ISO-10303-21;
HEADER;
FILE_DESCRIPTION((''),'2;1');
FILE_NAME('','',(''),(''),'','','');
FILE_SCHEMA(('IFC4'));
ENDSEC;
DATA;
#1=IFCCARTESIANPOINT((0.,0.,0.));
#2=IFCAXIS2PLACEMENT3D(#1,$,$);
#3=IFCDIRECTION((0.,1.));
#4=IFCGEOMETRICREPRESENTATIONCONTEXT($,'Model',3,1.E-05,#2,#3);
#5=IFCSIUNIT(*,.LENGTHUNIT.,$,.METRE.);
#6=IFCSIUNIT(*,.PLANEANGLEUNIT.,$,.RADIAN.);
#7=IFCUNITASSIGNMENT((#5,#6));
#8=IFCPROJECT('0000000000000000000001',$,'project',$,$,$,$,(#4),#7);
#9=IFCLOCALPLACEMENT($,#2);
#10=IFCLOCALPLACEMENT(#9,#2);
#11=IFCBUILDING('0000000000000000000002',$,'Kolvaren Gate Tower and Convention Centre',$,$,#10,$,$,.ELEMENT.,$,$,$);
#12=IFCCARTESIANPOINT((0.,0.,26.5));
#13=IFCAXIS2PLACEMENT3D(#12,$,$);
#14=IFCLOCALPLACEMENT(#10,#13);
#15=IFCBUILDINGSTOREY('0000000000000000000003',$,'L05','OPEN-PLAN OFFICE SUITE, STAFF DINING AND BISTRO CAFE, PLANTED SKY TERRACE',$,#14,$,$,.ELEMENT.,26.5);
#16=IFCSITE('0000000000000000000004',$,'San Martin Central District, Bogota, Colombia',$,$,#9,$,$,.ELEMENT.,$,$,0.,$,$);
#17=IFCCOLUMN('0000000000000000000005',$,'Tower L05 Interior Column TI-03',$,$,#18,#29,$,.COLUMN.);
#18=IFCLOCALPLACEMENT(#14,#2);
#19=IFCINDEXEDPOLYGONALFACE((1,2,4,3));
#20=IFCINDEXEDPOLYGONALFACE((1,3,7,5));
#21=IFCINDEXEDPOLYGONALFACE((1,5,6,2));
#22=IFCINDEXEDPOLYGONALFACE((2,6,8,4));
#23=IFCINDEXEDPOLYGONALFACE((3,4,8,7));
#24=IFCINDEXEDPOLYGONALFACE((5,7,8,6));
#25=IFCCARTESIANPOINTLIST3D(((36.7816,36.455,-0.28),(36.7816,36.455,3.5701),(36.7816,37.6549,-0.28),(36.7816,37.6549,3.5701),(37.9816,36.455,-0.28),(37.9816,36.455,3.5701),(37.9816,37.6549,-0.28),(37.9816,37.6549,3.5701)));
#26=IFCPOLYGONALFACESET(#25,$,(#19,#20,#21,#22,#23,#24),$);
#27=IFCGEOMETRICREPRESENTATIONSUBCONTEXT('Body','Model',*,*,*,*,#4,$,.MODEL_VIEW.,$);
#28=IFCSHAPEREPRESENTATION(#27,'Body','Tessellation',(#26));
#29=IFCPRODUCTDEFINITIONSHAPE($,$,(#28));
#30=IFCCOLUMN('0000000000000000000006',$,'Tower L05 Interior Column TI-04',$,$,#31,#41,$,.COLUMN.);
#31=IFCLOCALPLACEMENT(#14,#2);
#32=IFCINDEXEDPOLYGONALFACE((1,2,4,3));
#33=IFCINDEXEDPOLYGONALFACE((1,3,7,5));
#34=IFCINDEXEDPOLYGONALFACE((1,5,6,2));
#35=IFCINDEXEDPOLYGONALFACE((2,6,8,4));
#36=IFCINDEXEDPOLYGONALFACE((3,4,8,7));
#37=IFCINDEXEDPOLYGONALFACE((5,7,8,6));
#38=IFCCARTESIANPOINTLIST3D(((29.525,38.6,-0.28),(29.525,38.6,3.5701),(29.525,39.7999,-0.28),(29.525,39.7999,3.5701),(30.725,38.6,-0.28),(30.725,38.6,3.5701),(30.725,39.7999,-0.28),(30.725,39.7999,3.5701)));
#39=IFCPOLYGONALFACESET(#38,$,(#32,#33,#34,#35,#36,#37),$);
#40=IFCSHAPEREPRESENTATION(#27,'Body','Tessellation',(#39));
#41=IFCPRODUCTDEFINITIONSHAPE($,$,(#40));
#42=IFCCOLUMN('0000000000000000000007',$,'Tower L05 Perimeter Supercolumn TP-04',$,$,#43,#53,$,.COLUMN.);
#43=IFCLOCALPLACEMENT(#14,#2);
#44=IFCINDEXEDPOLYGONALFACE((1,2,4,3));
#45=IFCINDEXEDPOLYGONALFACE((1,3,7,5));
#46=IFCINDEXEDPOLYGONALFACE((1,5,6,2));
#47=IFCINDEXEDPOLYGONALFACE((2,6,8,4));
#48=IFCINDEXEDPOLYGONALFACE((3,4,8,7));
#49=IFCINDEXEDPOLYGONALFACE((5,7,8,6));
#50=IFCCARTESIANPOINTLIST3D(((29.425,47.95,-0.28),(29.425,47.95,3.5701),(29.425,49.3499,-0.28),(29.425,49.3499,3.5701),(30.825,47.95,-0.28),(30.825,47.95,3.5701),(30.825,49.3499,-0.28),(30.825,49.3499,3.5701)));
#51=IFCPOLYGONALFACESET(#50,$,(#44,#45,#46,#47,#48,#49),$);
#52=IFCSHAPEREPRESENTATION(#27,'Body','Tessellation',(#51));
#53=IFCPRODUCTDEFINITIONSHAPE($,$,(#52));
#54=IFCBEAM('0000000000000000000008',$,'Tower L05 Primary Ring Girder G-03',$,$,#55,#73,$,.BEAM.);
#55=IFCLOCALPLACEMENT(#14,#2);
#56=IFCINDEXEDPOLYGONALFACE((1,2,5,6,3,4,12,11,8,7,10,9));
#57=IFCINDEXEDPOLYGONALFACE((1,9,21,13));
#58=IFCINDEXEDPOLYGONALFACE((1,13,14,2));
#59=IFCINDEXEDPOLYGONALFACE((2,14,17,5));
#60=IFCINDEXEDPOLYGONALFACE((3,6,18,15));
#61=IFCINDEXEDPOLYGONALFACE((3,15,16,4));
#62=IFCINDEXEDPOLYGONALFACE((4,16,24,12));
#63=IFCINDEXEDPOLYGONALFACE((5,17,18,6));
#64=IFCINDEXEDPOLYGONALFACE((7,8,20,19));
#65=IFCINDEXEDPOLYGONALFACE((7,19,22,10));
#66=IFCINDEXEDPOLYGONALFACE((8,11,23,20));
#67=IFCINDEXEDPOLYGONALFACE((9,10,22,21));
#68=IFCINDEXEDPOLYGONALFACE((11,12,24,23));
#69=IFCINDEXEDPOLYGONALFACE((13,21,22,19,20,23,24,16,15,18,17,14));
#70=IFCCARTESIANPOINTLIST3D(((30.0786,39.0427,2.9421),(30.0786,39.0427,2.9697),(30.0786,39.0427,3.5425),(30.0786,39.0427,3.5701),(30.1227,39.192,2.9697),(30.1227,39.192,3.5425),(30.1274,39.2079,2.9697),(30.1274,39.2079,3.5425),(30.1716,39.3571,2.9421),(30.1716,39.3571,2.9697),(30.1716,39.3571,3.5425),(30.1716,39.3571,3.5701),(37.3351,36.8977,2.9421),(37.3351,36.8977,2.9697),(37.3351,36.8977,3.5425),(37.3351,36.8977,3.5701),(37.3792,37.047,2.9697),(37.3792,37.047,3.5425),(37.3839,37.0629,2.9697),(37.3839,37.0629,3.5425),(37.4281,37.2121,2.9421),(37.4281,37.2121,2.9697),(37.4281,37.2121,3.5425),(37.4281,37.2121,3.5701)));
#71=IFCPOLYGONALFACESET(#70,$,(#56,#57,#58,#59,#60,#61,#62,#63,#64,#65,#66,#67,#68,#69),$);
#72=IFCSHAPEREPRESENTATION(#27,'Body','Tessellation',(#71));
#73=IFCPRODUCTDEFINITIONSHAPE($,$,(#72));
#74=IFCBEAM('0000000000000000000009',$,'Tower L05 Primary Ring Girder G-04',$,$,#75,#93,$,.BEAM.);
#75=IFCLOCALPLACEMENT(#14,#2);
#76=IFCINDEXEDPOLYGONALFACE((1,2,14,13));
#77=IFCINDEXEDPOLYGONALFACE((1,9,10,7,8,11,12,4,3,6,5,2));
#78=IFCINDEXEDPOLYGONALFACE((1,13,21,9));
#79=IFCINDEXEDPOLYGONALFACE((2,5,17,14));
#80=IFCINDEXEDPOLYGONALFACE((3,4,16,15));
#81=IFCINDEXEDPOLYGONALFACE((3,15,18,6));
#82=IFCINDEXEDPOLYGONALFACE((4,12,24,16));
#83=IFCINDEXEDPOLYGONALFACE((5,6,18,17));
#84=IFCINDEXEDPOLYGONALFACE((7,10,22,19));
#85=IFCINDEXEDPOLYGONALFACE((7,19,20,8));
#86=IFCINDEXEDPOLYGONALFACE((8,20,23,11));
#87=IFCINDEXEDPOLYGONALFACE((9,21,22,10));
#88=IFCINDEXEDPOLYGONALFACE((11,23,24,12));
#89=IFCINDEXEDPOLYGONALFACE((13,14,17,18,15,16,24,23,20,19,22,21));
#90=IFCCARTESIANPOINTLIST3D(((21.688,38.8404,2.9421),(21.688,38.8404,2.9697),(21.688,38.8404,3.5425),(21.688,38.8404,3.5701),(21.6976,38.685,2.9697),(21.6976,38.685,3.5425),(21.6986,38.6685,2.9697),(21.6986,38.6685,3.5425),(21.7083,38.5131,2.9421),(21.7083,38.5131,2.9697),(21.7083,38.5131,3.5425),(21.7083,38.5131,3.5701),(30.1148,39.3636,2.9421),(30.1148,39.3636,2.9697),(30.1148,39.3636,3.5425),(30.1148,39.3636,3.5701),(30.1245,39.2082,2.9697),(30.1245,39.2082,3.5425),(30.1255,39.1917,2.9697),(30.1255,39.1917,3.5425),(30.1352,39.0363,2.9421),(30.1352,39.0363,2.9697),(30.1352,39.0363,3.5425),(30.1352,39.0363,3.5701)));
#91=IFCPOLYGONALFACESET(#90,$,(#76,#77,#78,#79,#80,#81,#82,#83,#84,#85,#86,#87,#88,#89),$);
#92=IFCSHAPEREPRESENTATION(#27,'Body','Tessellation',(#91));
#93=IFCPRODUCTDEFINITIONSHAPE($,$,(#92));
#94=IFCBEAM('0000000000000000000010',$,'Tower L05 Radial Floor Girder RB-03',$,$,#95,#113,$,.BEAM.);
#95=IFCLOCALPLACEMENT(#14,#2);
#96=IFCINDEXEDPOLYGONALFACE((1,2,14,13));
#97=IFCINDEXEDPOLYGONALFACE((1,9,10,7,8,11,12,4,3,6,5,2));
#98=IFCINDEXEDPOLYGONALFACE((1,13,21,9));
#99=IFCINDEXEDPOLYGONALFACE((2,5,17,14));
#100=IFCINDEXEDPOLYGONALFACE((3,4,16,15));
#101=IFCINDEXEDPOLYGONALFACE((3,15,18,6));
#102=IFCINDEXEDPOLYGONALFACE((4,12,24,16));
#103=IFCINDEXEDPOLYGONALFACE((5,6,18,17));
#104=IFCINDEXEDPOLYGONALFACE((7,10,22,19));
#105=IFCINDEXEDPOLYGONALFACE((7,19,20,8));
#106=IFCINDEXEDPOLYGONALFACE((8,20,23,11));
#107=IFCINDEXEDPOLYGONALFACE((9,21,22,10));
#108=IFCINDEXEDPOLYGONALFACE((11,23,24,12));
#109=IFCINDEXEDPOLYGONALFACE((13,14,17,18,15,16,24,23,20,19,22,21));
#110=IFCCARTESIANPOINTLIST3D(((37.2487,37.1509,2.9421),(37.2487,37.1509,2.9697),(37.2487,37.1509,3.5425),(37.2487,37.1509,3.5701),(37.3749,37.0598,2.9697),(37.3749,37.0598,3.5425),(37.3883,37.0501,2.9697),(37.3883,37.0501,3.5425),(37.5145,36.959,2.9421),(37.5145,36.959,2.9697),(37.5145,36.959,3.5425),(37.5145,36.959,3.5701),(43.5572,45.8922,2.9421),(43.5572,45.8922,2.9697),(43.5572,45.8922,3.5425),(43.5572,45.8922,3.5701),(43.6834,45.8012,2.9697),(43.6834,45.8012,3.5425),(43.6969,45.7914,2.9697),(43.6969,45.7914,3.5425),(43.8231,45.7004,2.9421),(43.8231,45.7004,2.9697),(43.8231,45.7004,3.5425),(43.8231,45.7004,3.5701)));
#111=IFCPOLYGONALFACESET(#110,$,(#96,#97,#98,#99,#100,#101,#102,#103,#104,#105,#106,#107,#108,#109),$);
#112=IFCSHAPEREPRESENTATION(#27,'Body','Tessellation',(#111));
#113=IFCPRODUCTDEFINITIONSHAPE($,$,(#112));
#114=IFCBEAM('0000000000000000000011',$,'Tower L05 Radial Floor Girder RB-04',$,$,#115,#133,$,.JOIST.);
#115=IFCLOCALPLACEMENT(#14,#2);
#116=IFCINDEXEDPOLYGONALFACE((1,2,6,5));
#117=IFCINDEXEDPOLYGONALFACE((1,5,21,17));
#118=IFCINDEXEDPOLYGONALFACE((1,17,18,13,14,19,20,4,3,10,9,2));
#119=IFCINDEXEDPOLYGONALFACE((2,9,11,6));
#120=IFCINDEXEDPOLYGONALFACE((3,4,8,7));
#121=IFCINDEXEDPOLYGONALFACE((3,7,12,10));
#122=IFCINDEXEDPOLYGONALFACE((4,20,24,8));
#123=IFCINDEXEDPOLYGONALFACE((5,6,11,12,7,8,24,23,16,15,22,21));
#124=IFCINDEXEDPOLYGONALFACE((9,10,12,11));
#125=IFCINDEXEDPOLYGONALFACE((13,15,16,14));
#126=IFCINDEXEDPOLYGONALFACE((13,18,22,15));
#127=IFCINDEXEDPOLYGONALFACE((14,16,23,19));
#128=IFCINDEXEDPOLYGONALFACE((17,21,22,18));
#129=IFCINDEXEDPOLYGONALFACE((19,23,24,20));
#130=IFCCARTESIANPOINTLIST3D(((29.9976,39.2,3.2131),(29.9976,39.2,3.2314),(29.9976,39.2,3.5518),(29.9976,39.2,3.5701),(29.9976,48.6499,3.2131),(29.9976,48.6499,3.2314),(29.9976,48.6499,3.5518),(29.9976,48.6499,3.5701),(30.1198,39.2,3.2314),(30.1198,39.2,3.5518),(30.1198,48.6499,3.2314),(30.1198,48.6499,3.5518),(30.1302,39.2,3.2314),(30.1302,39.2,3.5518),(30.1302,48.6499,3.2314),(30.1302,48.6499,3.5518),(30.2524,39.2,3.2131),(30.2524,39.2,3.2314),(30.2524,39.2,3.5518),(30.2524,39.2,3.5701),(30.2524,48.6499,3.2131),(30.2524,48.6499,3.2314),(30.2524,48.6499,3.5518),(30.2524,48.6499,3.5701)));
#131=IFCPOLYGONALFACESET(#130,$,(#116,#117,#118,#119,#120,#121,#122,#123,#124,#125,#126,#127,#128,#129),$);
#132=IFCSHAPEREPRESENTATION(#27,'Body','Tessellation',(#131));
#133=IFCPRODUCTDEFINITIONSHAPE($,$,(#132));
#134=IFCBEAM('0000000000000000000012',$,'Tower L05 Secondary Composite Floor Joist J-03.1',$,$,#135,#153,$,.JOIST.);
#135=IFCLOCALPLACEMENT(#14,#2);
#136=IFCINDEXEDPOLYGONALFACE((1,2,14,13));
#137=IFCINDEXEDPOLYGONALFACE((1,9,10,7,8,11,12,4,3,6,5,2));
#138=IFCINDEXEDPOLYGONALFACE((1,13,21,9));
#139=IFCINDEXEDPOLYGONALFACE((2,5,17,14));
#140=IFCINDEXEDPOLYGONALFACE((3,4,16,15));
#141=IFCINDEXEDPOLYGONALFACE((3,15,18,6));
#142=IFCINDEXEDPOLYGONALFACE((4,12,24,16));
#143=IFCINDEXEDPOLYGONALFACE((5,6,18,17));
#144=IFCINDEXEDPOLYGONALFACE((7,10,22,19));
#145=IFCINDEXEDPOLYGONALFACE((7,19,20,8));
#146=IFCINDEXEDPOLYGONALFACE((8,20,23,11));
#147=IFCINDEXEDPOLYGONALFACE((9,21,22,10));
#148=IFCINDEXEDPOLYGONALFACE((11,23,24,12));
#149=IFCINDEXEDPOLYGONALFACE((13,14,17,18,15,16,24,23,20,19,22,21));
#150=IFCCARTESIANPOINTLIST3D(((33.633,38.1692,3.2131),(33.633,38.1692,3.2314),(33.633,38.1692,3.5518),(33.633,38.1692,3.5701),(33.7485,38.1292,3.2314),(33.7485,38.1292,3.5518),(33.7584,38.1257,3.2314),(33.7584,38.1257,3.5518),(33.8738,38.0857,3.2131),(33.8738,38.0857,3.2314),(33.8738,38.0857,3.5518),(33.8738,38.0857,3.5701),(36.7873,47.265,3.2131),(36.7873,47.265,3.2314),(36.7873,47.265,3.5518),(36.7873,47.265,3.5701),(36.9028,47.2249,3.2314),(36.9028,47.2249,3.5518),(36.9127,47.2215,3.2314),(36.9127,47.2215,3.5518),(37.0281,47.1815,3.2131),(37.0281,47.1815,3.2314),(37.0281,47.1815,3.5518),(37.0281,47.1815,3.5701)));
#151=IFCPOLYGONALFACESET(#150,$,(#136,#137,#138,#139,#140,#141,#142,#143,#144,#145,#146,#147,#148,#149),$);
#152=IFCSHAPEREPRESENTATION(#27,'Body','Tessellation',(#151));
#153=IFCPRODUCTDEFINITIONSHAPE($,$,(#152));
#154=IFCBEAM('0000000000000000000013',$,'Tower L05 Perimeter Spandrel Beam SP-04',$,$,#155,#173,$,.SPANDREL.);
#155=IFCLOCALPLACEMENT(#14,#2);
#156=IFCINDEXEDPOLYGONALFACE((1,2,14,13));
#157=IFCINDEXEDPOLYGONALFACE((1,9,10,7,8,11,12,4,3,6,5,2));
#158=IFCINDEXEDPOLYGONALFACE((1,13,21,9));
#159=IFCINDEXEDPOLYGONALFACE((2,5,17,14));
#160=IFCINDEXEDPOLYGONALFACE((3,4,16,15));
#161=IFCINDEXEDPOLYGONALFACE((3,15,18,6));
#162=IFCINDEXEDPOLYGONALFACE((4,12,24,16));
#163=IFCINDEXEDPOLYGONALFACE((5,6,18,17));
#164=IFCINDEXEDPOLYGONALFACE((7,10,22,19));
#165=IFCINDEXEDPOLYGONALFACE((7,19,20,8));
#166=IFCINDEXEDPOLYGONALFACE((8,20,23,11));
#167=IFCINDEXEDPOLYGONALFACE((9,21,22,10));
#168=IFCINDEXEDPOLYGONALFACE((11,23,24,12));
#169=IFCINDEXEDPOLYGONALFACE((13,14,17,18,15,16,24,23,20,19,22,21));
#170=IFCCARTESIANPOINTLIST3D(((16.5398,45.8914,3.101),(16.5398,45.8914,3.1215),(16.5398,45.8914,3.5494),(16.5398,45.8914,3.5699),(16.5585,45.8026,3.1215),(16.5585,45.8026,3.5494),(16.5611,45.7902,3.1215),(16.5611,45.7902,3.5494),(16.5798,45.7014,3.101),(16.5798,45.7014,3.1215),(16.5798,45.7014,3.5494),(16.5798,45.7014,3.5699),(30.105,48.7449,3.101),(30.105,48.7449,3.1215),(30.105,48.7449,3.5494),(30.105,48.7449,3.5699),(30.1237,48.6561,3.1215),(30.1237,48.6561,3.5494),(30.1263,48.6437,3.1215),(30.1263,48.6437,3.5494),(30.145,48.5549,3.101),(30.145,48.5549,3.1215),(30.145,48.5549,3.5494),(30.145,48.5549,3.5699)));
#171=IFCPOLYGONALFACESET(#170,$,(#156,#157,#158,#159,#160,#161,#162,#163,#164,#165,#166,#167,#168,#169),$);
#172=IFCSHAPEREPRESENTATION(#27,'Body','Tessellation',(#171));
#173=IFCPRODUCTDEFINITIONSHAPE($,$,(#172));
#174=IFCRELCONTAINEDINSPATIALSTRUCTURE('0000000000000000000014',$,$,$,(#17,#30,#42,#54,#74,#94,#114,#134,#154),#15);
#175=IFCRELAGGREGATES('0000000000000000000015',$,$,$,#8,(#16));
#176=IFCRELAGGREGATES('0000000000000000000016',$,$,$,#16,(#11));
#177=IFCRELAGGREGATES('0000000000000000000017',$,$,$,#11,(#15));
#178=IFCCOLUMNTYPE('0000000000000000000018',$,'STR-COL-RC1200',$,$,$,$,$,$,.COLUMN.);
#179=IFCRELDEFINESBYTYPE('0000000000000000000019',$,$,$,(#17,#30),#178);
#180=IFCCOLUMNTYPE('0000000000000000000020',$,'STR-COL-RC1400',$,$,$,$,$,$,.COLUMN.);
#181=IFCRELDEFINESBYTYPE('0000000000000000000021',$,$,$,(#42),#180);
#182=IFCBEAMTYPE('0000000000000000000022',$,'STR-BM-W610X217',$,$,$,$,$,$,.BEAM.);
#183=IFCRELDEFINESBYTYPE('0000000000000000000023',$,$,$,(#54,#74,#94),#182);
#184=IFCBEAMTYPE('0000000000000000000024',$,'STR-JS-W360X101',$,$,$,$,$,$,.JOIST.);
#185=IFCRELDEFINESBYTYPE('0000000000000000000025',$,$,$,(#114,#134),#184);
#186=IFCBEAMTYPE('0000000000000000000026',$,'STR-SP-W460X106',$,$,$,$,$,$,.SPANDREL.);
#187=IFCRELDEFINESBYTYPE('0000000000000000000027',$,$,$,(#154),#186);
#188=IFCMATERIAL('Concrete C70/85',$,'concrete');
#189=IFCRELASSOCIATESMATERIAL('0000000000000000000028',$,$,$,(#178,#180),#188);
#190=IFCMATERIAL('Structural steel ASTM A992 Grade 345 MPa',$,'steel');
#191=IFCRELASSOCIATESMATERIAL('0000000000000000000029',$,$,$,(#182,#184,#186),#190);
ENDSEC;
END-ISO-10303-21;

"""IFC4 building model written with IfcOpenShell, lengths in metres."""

from ifc_helpers import new_model, si_unit, direction, frame, origin, origin_2d, place, context, subcontext, project, spatial, rectangle, i_section, extrude, material, material_profile, profile_set, type_object, element, save


model = new_model("IFC4")

# Units and contexts
model_context = context("Model", 3, precision=1e-05, world=origin(), true_north=direction((0.0, 1.0)))
body_context = subcontext(model_context, "Body", "Model", "MODEL_VIEW")
ifc_project = project(units=[si_unit("LENGTHUNIT", "METRE"), si_unit("PLANEANGLEUNIT", "RADIAN")], contexts=[model_context])

# Site, building, storey
site_placement = place(None, origin())
site = spatial("IfcSite", under=ifc_project, at=site_placement, Name="San Martin Central District, Bogota, Colombia", CompositionType="ELEMENT", RefElevation=0.0)
building_placement = place(site_placement, origin())
building = spatial("IfcBuilding", under=site, at=building_placement, Name="Kolvaren Gate Tower and Convention Centre", CompositionType="ELEMENT")
storey_placement = place(building_placement, frame((0.0, 0.0, 26.5)))
storey = spatial("IfcBuildingStorey", under=building, at=storey_placement, Name="L05", Description="OPEN-PLAN OFFICE SUITE, STAFF DINING AND BISTRO CAFE, PLANTED SKY TERRACE", CompositionType="ELEMENT", Elevation=26.5)

# Columns
ifc_material_1 = material(Name="Concrete C70/85", Category="concrete")
ifc_material_profile_1 = material_profile(ifc_material_1, rectangle(XDim=1.2, YDim=1.2, at=origin_2d()), Name="RC-COL-1200X1200")
ifc_profile_set_1 = profile_set([ifc_material_profile_1], Name="Concrete C70/85")
column_type_1 = type_object("IfcColumnType", Name="STR-COL-RC1200", PredefinedType="COLUMN", material=ifc_profile_set_1)
for number, where, z_axis, x_axis, name in (
    (1, (37.3816, 37.0549, -0.28), (0.0, 0.0, 1.0), (1.0, 0.0, 0.0), "Tower L05 Interior Column TI-03"),
    (2, (30.125, 39.2, -0.28), (0.0, 0.0, 1.0), (1.0, 0.0, 0.0), "Tower L05 Interior Column TI-04"),
):
    element("IfcColumn", number, at=place(storey_placement, frame(where, z_axis=z_axis, x_axis=x_axis)), inside=storey, type_object=column_type_1, Name=name, PredefinedType="COLUMN", context=body_context, shape_type="SweptSolid", body=[
        extrude(rectangle(XDim=1.2, YDim=1.2, at=origin_2d()), origin(), (0.0, 0.0, 1.0), 3.8501),
    ])
ifc_material_profile_2 = material_profile(ifc_material_1, rectangle(XDim=1.3999, YDim=1.3999, at=origin_2d()), Name="RC-COL-1400X1400")
ifc_profile_set_2 = profile_set([ifc_material_profile_2], Name="Concrete C70/85")
column_type_2 = type_object("IfcColumnType", Name="STR-COL-RC1400", PredefinedType="COLUMN", material=ifc_profile_set_2)
column_placement = place(storey_placement, frame((30.125, 48.6499, -0.28), z_axis=(0.0, 0.0, 1.0), x_axis=(1.0, 0.0, 0.0)))
element("IfcColumn", 3, at=column_placement, inside=storey, type_object=column_type_2, Name="Tower L05 Perimeter Supercolumn TP-04", PredefinedType="COLUMN", context=body_context, shape_type="SweptSolid", body=[
    extrude(rectangle(XDim=1.3999, YDim=1.3999, at=origin_2d()), origin(), (0.0, 0.0, 1.0), 3.8501),
])

# Beams
ifc_material_2 = material(Name="Structural steel ASTM A992 Grade 345 MPa", Category="steel")
ifc_material_profile_3 = material_profile(ifc_material_2, i_section(OverallWidth=0.3279, OverallDepth=0.6279, WebThickness=0.0166, FlangeThickness=0.0276, at=origin_2d()), Name="W610X217")
ifc_profile_set_3 = profile_set([ifc_material_profile_3], Name="Structural steel ASTM A992 Grade 345 MPa")
beam_type_1 = type_object("IfcBeamType", Name="STR-BM-W610X217", PredefinedType="BEAM", material=ifc_profile_set_3)
beam_1_placement = place(storey_placement, frame((37.3816, 37.0549, 3.2561), z_axis=(-0.958981, 0.283471, 0.0), x_axis=(-0.283471, -0.958981, 0.0)))
element("IfcBeam", 4, at=beam_1_placement, inside=storey, type_object=beam_type_1, Name="Tower L05 Primary Ring Girder G-03", PredefinedType="BEAM", context=body_context, shape_type="SweptSolid", body=[
    extrude(i_section(OverallWidth=0.3279, OverallDepth=0.6279, WebThickness=0.0166, FlangeThickness=0.0276, at=origin_2d()), origin(), (0.0, 0.0, 1.0), 7.5669),
])
beam_2_placement = place(storey_placement, frame((30.125, 39.2, 3.2561), z_axis=(-0.998078, -0.061966, 0.0), x_axis=(0.061966, -0.998078, 0.0)))
element("IfcBeam", 5, at=beam_2_placement, inside=storey, type_object=beam_type_1, Name="Tower L05 Primary Ring Girder G-04", PredefinedType="BEAM", context=body_context, shape_type="SweptSolid", body=[
    extrude(i_section(OverallWidth=0.3279, OverallDepth=0.6279, WebThickness=0.0166, FlangeThickness=0.0276, at=origin_2d()), origin(), (0.0, 0.0, 1.0), 8.4431),
])
beam_3_placement = place(storey_placement, frame((37.3816, 37.0549, 3.2561), z_axis=(0.585205, 0.810885, 0.0), x_axis=(-0.810885, 0.585205, 0.0)))
element("IfcBeam", 6, at=beam_3_placement, inside=storey, type_object=beam_type_1, Name="Tower L05 Radial Floor Girder RB-03", PredefinedType="BEAM", context=body_context, shape_type="SweptSolid", body=[
    extrude(i_section(OverallWidth=0.3279, OverallDepth=0.6279, WebThickness=0.0166, FlangeThickness=0.0276, at=origin_2d()), origin(), (0.0, 0.0, 1.0), 10.78),
])
ifc_material_profile_4 = material_profile(ifc_material_2, i_section(OverallWidth=0.2549, OverallDepth=0.3569, WebThickness=0.0105, FlangeThickness=0.0183, at=origin_2d()), Name="W360X101")
ifc_profile_set_4 = profile_set([ifc_material_profile_4], Name="Structural steel ASTM A992 Grade 345 MPa")
beam_type_2 = type_object("IfcBeamType", Name="STR-JS-W360X101", PredefinedType="JOIST", material=ifc_profile_set_4)
beam_4_placement = place(storey_placement, frame((30.125, 39.2, 3.3916), z_axis=(0.0, 1.0, 0.0), x_axis=(-1.0, 0.0, 0.0)))
element("IfcBeam", 7, at=beam_4_placement, inside=storey, type_object=beam_type_2, Name="Tower L05 Radial Floor Girder RB-04", PredefinedType="JOIST", context=body_context, shape_type="SweptSolid", body=[
    extrude(i_section(OverallWidth=0.2549, OverallDepth=0.3569, WebThickness=0.0105, FlangeThickness=0.0183, at=origin_2d()), origin(), (0.0, 0.0, 1.0), 9.45),
])
beam_5_placement = place(storey_placement, frame((33.7534, 38.1274, 3.3916), z_axis=(0.327647, 0.9448, 0.0), x_axis=(-0.9448, 0.327647, 0.0)))
element("IfcBeam", 8, at=beam_5_placement, inside=storey, type_object=beam_type_2, Name="Tower L05 Secondary Composite Floor Joist J-03.1", PredefinedType="JOIST", context=body_context, shape_type="SweptSolid", body=[
    extrude(i_section(OverallWidth=0.2549, OverallDepth=0.3569, WebThickness=0.0105, FlangeThickness=0.0183, at=origin_2d()), origin(), (0.0, 0.0, 1.0), 9.6272),
])
ifc_material_profile_5 = material_profile(ifc_material_2, i_section(OverallWidth=0.1941, OverallDepth=0.469, WebThickness=0.0127, FlangeThickness=0.0205, at=origin_2d()), Name="W460X106")
ifc_profile_set_5 = profile_set([ifc_material_profile_5], Name="Structural steel ASTM A992 Grade 345 MPa")
beam_type_3 = type_object("IfcBeamType", Name="STR-SP-W460X106", PredefinedType="SPANDREL", material=ifc_profile_set_5)
beam_6_placement = place(storey_placement, frame((30.125, 48.6499, 3.3354), z_axis=(-0.978583, -0.205851, 0.0), x_axis=(0.205851, -0.978583, 0.0)))
element("IfcBeam", 9, at=beam_6_placement, inside=storey, type_object=beam_type_3, Name="Tower L05 Perimeter Spandrel Beam SP-04", PredefinedType="SPANDREL", context=body_context, shape_type="SweptSolid", body=[
    extrude(i_section(OverallWidth=0.1941, OverallDepth=0.469, WebThickness=0.0127, FlangeThickness=0.0205, at=origin_2d()), origin(), (0.0, 0.0, 1.0), 13.8621),
])

save(model, "model.ifc")
